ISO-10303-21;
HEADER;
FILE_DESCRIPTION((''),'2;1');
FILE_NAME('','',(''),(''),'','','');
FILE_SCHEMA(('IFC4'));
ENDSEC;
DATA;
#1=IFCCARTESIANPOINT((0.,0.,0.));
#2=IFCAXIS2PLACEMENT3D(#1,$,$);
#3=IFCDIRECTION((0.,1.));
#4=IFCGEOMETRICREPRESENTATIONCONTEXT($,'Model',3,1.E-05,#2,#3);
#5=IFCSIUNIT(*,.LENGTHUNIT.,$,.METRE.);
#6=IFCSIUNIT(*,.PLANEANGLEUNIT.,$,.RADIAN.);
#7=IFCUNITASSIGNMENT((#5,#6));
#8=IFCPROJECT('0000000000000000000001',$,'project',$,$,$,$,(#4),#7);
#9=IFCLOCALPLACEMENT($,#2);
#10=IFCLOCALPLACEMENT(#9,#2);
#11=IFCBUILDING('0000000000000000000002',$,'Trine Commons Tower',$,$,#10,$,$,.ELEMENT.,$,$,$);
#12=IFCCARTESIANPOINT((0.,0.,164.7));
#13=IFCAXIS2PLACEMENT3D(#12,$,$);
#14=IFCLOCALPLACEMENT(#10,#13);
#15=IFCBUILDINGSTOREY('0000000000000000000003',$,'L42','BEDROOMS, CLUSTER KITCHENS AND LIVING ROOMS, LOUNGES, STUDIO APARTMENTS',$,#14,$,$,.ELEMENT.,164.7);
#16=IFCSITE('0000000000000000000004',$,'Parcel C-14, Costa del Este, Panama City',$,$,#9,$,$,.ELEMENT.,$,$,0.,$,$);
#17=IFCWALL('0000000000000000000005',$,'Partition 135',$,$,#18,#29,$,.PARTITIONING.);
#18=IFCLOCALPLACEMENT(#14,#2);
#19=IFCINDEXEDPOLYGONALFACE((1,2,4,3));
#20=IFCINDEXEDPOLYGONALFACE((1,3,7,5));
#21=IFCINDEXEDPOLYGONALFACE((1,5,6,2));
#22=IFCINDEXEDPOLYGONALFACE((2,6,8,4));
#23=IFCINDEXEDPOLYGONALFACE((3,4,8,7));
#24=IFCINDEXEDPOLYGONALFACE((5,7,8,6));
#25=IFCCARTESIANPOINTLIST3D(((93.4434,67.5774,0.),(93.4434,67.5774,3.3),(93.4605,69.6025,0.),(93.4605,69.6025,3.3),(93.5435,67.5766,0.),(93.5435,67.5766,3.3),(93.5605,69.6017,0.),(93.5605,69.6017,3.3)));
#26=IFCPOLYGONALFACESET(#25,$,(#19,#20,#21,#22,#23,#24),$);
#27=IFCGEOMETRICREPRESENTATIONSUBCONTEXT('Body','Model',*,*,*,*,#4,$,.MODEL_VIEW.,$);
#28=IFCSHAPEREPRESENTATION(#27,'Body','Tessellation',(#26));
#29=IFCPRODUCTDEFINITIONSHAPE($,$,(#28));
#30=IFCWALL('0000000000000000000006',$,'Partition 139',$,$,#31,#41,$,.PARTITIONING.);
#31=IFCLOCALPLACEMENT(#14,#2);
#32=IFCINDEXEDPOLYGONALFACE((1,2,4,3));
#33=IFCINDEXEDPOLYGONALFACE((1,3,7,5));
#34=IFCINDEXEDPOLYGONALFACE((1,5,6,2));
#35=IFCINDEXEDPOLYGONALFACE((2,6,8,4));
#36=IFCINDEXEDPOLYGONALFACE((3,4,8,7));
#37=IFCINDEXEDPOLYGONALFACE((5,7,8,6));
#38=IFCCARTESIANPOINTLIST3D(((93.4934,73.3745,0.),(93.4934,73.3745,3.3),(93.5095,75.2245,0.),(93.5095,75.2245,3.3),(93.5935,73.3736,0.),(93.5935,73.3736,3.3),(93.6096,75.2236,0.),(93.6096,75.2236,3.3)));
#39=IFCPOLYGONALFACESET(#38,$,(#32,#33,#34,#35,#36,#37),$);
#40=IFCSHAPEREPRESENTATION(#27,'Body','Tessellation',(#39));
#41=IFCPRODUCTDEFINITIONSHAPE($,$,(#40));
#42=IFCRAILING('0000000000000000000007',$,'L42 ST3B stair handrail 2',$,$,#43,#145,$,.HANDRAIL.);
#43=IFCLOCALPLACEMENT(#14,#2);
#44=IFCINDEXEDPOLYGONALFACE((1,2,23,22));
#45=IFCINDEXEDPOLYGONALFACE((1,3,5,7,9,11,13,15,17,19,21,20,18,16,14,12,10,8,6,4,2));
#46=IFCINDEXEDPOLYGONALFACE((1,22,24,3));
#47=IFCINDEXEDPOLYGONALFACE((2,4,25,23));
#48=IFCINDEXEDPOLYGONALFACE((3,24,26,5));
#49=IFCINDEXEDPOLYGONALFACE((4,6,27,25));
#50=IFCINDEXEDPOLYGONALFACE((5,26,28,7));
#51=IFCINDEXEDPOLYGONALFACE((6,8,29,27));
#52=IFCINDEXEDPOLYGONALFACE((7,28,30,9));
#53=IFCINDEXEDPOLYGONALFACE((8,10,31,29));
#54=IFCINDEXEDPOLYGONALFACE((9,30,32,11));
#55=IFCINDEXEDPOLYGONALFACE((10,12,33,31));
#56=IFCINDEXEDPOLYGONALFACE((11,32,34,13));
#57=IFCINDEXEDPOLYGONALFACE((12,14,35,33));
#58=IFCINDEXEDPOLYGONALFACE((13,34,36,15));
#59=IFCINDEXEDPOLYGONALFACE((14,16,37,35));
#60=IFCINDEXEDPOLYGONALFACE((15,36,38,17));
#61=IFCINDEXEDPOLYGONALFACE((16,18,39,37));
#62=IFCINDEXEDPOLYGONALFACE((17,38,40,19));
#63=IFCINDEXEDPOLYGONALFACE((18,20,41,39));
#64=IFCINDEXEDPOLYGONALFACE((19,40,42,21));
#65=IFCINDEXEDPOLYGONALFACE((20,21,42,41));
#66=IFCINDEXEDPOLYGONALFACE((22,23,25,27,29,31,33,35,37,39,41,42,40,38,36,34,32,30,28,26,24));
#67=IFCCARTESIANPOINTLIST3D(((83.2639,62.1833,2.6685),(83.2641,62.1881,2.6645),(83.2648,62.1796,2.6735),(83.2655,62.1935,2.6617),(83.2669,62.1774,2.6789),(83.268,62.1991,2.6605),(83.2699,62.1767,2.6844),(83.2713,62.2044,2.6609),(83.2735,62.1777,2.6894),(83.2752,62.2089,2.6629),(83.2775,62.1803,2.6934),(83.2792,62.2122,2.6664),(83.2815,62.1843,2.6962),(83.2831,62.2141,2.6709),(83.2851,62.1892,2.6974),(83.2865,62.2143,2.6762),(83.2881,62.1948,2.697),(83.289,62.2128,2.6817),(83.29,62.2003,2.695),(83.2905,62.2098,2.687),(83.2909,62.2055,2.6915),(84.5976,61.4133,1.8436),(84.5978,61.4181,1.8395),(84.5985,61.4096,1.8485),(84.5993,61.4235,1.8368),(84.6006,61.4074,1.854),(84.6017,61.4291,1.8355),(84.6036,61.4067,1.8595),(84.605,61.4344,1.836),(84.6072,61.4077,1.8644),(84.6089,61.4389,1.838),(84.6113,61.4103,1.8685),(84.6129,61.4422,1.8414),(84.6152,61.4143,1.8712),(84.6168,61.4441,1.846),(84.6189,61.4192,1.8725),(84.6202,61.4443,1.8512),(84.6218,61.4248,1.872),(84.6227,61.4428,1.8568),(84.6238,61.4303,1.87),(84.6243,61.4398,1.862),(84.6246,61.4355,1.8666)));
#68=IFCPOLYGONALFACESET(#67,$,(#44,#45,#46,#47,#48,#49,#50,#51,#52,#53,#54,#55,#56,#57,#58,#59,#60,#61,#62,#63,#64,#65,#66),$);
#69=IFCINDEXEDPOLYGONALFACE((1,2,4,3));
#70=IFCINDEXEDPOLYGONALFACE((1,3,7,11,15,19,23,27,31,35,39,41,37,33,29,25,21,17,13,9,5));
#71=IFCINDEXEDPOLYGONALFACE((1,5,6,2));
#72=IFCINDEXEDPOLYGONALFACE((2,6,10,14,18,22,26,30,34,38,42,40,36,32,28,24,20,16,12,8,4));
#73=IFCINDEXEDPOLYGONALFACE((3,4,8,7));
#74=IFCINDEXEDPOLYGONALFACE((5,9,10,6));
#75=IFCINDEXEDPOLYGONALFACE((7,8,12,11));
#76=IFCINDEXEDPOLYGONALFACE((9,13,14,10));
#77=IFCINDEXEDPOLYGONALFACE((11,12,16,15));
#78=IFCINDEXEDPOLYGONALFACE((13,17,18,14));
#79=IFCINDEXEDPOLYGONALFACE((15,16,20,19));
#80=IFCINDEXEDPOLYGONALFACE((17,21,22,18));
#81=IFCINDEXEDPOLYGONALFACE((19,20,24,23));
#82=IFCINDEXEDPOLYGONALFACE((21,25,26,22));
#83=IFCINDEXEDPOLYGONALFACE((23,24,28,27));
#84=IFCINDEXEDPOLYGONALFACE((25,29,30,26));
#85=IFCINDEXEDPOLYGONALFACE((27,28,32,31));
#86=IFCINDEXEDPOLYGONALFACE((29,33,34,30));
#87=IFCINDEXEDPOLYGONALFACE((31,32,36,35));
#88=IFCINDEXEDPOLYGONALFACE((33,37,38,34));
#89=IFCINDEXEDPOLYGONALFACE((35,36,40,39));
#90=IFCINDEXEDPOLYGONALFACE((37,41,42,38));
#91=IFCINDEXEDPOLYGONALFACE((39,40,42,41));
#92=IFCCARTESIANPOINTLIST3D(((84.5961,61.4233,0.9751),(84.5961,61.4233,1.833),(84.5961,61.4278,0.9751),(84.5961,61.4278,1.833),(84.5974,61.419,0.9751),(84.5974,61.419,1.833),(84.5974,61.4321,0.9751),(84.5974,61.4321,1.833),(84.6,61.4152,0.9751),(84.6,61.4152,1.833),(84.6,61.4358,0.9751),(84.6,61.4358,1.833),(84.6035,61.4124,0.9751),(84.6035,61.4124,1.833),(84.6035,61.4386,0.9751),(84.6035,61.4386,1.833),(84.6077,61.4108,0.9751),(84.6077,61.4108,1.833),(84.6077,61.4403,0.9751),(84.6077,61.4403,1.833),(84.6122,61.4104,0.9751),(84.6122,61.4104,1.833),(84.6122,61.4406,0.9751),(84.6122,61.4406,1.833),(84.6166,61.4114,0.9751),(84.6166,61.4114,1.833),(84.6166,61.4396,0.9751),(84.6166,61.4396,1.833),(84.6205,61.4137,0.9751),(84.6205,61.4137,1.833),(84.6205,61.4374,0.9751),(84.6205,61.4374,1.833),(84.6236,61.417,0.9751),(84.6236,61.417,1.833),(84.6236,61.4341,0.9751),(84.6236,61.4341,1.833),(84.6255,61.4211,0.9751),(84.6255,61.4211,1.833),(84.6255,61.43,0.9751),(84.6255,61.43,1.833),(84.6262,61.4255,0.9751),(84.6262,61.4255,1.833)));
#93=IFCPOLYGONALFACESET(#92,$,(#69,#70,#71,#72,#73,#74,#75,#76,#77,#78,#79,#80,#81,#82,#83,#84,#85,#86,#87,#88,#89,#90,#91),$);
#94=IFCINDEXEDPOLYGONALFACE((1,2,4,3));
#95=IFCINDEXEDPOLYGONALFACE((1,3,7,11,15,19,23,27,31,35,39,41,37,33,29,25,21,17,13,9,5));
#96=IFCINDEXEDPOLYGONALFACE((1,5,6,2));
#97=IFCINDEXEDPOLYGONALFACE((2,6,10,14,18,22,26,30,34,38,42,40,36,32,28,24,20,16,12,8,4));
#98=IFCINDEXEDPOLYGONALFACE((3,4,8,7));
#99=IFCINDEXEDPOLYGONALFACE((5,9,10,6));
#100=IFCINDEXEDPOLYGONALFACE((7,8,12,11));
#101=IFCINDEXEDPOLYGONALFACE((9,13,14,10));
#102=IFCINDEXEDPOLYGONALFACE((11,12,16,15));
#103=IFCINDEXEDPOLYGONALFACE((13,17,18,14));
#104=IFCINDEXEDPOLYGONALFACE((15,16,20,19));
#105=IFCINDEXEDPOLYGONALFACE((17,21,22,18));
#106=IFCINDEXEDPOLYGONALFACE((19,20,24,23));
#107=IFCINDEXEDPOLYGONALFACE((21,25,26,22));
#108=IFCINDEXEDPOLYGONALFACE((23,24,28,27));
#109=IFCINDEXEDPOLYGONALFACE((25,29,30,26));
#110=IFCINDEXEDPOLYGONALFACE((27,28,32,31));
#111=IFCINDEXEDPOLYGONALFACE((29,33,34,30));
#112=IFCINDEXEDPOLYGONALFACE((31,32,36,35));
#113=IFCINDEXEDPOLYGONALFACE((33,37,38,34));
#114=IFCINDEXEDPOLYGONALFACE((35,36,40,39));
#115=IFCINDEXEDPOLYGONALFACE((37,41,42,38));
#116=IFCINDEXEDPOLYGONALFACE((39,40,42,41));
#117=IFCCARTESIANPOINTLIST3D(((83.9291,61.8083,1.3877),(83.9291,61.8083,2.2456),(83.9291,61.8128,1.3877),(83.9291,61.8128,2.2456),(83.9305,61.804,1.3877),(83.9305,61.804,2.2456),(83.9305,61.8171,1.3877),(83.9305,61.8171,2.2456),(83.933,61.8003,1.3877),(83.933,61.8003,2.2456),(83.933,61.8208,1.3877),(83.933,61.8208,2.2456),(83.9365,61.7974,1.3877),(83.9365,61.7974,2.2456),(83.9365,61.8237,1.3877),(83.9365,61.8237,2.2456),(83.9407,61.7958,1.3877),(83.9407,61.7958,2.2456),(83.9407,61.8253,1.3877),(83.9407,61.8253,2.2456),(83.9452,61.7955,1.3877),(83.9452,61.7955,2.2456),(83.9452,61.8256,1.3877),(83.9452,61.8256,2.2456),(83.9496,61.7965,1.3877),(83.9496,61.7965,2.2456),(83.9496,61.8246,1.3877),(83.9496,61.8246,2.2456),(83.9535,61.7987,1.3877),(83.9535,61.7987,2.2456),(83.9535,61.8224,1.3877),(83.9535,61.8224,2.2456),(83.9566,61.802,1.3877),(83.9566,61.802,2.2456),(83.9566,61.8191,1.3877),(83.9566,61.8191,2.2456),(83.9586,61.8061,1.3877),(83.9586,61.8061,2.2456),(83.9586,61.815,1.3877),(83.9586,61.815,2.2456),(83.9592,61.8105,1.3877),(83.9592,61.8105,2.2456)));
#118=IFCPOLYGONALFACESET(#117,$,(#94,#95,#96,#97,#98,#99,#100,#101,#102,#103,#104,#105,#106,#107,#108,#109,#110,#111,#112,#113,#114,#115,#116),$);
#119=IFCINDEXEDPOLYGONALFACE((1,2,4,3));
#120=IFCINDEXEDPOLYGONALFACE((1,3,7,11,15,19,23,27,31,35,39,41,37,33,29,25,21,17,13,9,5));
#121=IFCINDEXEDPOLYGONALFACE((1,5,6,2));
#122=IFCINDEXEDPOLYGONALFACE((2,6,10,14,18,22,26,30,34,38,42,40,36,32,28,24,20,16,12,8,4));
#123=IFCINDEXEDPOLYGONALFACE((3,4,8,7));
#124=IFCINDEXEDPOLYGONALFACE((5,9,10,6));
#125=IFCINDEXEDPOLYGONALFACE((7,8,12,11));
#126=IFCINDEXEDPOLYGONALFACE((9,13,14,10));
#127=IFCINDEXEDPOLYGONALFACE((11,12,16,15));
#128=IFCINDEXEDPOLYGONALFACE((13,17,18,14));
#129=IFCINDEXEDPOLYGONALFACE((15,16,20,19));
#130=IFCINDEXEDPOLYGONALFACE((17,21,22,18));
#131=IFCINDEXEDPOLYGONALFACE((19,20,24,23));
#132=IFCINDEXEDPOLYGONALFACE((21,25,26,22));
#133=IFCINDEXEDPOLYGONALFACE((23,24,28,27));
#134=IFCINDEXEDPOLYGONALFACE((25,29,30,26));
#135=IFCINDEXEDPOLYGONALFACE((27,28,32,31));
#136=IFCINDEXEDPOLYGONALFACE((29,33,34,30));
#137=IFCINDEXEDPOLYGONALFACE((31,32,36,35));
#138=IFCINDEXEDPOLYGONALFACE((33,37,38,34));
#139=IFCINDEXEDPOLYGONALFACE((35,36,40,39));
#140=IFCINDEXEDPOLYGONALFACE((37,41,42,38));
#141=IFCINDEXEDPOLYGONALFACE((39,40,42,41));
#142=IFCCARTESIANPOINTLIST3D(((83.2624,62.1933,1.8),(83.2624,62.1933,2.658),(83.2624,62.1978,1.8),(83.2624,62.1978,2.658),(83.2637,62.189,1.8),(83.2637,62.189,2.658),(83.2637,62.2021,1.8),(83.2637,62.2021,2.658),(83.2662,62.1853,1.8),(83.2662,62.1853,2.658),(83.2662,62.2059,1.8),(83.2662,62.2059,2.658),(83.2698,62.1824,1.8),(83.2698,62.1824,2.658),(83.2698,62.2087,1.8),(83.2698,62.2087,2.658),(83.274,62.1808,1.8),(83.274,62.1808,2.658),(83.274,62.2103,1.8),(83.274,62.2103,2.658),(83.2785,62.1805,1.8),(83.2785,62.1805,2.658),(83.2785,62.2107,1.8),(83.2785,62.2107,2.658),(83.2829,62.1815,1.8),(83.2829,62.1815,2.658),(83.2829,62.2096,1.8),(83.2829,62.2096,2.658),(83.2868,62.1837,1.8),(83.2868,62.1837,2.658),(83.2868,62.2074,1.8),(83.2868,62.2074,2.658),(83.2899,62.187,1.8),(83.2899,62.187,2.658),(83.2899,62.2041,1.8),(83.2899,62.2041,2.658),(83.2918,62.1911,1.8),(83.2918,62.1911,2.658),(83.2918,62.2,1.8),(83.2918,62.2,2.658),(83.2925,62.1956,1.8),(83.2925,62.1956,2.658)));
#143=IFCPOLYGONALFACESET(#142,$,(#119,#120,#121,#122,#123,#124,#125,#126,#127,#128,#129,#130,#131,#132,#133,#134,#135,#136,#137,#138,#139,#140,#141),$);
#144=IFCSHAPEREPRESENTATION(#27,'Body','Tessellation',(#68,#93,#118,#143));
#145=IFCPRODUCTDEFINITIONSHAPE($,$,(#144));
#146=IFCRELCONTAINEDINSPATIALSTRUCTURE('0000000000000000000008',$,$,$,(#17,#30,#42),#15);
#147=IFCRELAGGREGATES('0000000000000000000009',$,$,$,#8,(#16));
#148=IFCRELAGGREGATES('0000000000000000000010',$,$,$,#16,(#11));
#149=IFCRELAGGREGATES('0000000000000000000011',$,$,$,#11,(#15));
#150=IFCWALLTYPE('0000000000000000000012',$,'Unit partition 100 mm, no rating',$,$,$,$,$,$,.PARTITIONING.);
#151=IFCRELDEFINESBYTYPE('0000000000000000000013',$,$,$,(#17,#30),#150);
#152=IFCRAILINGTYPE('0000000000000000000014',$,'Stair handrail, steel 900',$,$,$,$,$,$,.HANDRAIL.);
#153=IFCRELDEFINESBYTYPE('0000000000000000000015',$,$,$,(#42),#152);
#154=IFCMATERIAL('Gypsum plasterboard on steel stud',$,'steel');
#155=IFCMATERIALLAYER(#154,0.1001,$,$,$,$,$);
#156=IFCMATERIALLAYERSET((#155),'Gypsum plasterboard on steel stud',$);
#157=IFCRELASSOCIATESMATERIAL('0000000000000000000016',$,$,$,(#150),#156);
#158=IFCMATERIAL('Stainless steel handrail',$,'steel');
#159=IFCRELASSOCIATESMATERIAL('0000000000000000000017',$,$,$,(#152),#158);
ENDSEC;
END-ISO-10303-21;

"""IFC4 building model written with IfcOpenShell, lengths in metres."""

from ifc_helpers import new_model, si_unit, direction, frame, frame_2d, origin, origin_2d, place, context, subcontext, project, spatial, rectangle, circle, extrude, material, layer, layer_set, type_object, element, save


model = new_model("IFC4")

# Units and contexts
model_context = context("Model", 3, precision=1e-05, world=origin(), true_north=direction((0.0, 1.0)))
body_context = subcontext(model_context, "Body", "Model", "MODEL_VIEW")
ifc_project = project(units=[si_unit("LENGTHUNIT", "METRE"), si_unit("PLANEANGLEUNIT", "RADIAN")], contexts=[model_context])

# Site, building, storey
site_placement = place(None, origin())
site = spatial("IfcSite", under=ifc_project, at=site_placement, Name="Parcel C-14, Costa del Este, Panama City", CompositionType="ELEMENT", RefElevation=0.0)
building_placement = place(site_placement, origin())
building = spatial("IfcBuilding", under=site, at=building_placement, Name="Trine Commons Tower", CompositionType="ELEMENT")
storey_placement = place(building_placement, frame((0.0, 0.0, 164.7)))
storey = spatial("IfcBuildingStorey", under=building, at=storey_placement, Name="L42", Description="BEDROOMS, CLUSTER KITCHENS AND LIVING ROOMS, LOUNGES, STUDIO APARTMENTS", CompositionType="ELEMENT", Elevation=164.7)

# Shared definitions
ifc_material_1 = material(Name="Gypsum plasterboard on steel stud", Category="steel")

# Shared definitions
ifc_layer_1 = layer(ifc_material_1, 0.1001)
ifc_layer_set_1 = layer_set([ifc_layer_1], Name="Gypsum plasterboard on steel stud")
wall_type_1 = type_object("IfcWallType", Name="Unit partition 100 mm, no rating", PredefinedType="PARTITIONING", material=ifc_layer_set_1)

# Walls
wall_1_placement = place(storey_placement, frame((93.4934, 67.5769, 0.0), z_axis=(0.0, 0.0, 1.0), x_axis=(0.008439, 0.999964, 0.0)))
element("IfcWall", 1, at=wall_1_placement, inside=storey, type_object=wall_type_1, Name="Partition 135", PredefinedType="PARTITIONING", context=body_context, shape_type="SweptSolid", body=[
    extrude(rectangle(XDim=2.0251, YDim=0.1001, at=frame_2d((1.0127, 0.0))), origin(), (0.0, 0.0, 1.0), 3.3),
])
wall_2_placement = place(storey_placement, frame((93.5435, 73.374, 0.0), z_axis=(0.0, 0.0, 1.0), x_axis=(0.008709, 0.999962, 0.0)))
element("IfcWall", 2, at=wall_2_placement, inside=storey, type_object=wall_type_1, Name="Partition 139", PredefinedType="PARTITIONING", context=body_context, shape_type="SweptSolid", body=[
    extrude(rectangle(XDim=1.8501, YDim=0.1001, at=frame_2d((0.925, 0.0))), origin(), (0.0, 0.0, 1.0), 3.3),
])

# Railing
ifc_material_2 = material(Name="Stainless steel handrail", Category="steel")
railing_type = type_object("IfcRailingType", Name="Stair handrail, steel 900", PredefinedType="HANDRAIL", material=ifc_material_2)
railing_placement = place(storey_placement, frame((84.6111, 61.4255, 0.9751)))
element("IfcRailing", 3, at=railing_placement, inside=storey, type_object=railing_type, Name="L42 ST3B stair handrail 2", PredefinedType="HANDRAIL", context=body_context, shape_type="SweptSolid", body=[
    extrude(circle(Radius=0.021, at=origin_2d()), frame((0.0, 0.0, 0.8789), z_axis=(-0.763405, 0.440743, 0.472185), x_axis=(-0.499992, -0.86603, 0.0)), (0.0, 0.0, 1.0), 1.7471),
    extrude(circle(Radius=0.0151, at=origin_2d()), origin(), (0.0, 0.0, 1.0), 0.8579),
    extrude(circle(Radius=0.0151, at=origin_2d()), frame((-0.667, 0.385, 0.4126)), (0.0, 0.0, 1.0), 0.8579),
    extrude(circle(Radius=0.0151, at=origin_2d()), frame((-1.3337, 0.77, 0.825)), (0.0, 0.0, 1.0), 0.8579),
])

save(model, "model.ifc")
